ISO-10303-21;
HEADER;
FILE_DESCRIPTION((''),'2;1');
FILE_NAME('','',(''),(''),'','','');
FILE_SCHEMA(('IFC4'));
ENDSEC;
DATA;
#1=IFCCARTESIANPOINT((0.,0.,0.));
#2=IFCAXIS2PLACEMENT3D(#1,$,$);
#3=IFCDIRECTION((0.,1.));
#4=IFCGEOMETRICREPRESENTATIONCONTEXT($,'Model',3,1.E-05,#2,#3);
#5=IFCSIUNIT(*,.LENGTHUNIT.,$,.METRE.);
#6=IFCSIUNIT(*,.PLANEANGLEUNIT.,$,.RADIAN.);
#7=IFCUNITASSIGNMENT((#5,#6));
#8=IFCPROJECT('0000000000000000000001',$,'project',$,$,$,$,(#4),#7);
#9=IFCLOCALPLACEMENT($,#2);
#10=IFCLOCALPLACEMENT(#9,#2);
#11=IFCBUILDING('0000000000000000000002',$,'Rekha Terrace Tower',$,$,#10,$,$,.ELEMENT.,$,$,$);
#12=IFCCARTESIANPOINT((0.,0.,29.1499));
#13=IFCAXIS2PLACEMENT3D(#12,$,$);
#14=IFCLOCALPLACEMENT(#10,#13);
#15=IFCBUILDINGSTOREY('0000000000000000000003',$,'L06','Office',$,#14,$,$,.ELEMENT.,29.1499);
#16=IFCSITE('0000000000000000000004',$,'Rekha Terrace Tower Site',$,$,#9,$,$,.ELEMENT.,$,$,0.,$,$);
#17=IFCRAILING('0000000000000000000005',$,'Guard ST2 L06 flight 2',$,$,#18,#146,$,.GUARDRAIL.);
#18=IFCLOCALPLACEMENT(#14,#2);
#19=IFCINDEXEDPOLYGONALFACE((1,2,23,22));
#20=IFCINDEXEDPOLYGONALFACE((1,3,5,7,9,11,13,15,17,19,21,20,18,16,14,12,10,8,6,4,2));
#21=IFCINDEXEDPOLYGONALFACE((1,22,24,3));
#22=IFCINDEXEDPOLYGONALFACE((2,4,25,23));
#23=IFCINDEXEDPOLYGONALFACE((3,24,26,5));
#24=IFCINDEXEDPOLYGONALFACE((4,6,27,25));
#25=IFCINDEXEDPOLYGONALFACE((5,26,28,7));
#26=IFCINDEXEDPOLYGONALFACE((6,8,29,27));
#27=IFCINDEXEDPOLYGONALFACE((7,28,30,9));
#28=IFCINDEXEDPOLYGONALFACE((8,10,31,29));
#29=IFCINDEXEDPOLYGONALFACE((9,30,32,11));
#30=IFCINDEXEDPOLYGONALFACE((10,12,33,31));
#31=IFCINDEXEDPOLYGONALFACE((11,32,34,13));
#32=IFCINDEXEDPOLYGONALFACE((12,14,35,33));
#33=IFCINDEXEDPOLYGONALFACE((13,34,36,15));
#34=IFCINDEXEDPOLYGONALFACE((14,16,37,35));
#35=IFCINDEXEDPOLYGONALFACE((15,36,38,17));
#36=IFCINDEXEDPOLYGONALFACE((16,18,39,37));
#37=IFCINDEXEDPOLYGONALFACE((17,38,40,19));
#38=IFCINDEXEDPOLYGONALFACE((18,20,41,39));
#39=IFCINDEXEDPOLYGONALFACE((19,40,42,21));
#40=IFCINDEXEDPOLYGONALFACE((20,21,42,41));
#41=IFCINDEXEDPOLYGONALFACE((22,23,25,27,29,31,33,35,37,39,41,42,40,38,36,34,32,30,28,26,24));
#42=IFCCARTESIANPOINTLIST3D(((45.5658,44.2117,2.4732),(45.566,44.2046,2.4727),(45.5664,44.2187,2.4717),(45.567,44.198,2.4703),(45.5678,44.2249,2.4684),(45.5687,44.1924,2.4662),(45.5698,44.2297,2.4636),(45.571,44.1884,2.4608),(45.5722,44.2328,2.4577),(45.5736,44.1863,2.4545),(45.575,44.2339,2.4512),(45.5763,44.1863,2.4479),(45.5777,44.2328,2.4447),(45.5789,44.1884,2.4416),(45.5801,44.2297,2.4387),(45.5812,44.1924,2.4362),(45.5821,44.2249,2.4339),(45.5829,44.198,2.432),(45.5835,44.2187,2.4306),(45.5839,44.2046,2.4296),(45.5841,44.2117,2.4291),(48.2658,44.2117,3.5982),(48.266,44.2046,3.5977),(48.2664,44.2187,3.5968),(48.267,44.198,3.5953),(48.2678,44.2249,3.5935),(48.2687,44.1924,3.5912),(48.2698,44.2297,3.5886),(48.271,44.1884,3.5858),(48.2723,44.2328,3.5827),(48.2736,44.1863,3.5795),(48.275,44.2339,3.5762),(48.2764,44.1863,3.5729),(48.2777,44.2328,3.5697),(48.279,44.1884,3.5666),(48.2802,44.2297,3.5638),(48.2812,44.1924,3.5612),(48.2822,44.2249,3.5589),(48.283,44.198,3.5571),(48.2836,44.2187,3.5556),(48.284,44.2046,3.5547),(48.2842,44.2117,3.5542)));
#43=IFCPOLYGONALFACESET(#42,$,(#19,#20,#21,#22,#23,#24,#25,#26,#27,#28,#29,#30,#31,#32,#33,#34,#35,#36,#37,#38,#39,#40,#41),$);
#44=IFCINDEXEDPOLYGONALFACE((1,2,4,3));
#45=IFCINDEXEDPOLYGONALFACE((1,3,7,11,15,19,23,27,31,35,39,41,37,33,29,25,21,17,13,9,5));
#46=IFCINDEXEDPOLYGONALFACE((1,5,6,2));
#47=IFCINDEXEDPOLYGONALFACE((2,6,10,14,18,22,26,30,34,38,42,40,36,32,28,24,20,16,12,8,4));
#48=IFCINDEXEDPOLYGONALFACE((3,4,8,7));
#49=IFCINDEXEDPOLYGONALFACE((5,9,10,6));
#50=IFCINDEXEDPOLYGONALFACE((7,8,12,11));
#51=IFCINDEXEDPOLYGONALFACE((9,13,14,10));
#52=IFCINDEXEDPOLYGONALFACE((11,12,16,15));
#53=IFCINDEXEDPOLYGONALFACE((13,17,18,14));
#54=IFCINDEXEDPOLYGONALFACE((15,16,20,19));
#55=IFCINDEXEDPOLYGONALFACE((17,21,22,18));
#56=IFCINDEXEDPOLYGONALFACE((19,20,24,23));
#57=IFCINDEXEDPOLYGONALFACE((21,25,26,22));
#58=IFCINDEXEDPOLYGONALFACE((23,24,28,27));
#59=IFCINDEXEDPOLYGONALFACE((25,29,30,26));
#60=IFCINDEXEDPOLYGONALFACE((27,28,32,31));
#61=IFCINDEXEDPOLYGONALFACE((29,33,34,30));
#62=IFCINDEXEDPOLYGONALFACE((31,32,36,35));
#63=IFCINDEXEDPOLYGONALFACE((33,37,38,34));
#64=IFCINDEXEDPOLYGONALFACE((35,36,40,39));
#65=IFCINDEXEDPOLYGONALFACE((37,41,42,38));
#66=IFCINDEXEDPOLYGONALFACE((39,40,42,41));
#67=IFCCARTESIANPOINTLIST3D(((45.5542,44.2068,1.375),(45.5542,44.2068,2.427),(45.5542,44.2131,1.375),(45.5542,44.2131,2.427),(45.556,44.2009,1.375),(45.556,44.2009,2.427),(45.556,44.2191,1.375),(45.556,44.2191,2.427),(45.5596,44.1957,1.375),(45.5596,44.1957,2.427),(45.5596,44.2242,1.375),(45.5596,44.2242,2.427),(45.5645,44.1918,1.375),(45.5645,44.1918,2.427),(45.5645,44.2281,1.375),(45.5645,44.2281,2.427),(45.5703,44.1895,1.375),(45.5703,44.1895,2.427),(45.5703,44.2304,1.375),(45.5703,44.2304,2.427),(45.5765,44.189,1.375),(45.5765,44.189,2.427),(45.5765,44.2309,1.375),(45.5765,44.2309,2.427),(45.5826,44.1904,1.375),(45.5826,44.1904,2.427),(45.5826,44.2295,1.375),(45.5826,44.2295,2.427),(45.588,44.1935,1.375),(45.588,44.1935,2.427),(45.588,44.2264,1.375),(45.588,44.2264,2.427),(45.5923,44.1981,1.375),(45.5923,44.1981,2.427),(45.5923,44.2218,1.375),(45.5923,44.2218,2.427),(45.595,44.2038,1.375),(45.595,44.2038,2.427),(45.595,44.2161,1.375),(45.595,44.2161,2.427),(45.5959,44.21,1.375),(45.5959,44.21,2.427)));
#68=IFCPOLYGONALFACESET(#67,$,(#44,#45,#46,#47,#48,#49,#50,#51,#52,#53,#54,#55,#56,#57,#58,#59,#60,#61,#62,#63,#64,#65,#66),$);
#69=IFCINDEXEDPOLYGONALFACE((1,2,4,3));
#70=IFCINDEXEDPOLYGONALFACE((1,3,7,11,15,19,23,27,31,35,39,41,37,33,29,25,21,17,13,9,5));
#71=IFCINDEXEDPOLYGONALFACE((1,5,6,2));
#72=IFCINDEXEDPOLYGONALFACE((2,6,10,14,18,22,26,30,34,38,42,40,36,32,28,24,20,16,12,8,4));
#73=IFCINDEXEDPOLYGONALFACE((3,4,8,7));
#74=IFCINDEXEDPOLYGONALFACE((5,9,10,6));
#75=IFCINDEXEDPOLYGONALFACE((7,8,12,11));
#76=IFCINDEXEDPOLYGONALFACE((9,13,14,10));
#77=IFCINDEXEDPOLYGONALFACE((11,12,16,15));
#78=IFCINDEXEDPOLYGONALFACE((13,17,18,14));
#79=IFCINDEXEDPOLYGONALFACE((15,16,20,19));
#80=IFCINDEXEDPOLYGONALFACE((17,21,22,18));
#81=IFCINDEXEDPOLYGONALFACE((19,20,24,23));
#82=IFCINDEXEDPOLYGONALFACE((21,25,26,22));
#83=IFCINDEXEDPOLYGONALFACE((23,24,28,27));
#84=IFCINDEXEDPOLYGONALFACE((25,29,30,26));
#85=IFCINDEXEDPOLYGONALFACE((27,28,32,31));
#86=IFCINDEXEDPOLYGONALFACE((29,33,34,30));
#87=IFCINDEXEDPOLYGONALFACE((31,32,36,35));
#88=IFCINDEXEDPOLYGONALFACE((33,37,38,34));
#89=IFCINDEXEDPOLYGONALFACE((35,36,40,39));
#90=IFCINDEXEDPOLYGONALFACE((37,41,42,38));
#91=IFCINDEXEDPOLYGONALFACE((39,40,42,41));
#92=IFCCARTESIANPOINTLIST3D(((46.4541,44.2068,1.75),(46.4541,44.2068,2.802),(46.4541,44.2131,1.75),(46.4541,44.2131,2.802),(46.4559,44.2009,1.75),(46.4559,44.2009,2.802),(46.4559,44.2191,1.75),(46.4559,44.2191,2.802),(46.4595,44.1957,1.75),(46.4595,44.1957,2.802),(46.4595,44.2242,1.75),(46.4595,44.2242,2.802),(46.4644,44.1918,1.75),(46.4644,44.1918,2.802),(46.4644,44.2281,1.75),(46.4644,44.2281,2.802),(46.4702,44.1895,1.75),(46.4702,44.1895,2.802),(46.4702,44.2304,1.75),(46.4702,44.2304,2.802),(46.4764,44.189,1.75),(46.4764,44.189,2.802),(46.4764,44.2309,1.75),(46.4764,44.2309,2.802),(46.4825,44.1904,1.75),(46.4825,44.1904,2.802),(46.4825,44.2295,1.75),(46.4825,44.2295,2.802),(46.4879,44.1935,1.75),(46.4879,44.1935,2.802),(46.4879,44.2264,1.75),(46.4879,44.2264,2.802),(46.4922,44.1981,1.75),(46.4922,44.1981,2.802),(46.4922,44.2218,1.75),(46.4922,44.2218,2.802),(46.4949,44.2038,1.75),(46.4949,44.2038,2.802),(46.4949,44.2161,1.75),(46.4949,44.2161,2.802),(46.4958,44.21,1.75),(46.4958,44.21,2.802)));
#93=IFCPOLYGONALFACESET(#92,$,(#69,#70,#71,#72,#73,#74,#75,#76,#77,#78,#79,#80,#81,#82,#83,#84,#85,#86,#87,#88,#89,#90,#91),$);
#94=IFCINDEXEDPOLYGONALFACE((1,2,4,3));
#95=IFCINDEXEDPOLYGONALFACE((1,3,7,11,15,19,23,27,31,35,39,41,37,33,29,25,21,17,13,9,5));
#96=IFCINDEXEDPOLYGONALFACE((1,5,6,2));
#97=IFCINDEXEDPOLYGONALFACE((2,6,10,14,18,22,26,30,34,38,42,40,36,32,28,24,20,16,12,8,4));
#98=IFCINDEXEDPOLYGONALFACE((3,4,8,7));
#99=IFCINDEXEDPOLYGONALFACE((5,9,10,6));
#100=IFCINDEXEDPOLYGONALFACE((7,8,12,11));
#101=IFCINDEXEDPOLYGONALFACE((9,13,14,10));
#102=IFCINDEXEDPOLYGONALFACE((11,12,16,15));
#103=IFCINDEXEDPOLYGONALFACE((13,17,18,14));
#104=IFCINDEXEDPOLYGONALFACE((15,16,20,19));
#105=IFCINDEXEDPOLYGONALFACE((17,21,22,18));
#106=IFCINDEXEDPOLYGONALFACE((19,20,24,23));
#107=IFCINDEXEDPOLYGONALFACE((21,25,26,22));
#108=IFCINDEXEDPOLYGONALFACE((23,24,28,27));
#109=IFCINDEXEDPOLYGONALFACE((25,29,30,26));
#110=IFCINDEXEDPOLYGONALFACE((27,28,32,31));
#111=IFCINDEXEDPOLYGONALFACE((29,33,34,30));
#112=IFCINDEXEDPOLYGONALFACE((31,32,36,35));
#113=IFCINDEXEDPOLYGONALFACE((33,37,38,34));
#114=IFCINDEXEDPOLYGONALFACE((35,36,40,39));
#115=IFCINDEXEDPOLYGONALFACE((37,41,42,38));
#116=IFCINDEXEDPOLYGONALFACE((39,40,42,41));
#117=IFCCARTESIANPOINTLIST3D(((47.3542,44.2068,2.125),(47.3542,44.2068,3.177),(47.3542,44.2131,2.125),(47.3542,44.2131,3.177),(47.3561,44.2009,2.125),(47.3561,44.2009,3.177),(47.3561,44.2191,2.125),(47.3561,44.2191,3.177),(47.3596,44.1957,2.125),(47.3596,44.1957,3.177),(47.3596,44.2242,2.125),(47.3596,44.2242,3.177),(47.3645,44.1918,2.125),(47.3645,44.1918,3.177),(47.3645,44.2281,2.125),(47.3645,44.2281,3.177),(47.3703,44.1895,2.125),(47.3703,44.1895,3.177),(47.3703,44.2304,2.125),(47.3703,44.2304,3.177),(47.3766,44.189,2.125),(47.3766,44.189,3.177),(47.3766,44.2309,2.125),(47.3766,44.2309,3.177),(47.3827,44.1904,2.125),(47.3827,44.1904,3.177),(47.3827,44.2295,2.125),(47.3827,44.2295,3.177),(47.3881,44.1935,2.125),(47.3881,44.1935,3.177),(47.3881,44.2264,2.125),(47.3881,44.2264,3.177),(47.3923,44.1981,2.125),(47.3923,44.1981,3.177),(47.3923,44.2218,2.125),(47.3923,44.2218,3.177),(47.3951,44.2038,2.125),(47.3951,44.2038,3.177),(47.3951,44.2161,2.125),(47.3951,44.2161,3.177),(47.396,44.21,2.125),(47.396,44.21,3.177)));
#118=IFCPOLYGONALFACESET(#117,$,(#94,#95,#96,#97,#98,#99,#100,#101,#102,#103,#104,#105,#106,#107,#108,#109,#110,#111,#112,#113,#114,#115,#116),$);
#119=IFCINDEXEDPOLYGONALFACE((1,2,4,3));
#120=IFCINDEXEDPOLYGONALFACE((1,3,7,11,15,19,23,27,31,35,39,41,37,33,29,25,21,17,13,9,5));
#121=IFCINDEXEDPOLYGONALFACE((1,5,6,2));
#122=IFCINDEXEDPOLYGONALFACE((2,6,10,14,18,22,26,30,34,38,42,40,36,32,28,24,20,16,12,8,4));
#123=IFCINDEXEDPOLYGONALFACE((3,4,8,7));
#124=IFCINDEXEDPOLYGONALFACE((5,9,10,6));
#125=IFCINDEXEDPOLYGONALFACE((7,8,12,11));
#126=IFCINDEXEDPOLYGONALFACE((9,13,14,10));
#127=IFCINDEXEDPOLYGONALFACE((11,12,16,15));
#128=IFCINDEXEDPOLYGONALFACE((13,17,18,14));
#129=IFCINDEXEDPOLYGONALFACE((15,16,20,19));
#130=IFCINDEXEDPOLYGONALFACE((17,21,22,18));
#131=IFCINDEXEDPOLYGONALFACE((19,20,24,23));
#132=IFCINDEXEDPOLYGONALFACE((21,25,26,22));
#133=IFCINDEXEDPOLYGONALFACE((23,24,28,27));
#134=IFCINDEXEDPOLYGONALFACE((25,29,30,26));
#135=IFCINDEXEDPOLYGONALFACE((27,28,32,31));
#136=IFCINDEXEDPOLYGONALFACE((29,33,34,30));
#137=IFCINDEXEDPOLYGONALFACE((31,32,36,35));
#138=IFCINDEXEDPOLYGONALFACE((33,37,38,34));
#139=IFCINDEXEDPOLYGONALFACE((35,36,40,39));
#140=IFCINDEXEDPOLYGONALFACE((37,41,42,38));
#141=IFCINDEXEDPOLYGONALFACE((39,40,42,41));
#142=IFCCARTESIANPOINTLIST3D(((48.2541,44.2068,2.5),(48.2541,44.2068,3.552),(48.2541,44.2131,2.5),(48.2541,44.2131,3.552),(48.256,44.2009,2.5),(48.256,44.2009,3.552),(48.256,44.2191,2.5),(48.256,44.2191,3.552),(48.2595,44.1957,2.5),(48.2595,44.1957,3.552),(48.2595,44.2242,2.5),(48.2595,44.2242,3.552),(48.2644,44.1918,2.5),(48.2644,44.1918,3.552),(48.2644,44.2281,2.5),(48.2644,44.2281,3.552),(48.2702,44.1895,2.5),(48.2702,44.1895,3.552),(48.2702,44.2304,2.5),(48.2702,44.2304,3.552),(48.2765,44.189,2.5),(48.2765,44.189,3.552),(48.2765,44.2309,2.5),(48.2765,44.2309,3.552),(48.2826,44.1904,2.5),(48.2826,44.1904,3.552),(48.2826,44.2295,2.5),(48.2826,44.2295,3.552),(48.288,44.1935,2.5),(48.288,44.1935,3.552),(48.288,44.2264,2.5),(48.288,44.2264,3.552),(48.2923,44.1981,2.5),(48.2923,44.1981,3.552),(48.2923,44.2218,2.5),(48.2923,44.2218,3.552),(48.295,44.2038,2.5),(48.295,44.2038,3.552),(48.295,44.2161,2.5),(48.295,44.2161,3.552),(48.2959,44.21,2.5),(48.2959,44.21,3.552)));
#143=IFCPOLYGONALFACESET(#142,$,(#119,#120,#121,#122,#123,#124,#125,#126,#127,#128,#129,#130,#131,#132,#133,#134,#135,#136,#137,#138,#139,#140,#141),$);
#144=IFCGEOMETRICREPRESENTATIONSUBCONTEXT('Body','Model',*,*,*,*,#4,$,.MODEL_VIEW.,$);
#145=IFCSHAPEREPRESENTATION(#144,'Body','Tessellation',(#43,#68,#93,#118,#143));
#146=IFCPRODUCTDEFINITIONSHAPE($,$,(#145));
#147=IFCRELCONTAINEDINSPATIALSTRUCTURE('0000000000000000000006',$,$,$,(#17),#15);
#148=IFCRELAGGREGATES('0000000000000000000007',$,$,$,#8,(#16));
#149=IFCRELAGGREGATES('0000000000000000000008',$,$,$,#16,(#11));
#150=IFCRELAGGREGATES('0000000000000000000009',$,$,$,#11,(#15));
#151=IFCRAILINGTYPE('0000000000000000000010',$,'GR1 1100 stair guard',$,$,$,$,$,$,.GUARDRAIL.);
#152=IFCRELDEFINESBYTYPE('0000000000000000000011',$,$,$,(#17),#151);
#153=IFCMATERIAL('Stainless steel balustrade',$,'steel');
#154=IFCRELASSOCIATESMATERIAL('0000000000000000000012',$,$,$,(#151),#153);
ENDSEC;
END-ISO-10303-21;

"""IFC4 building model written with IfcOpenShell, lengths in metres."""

from ifc_helpers import new_model, si_unit, direction, frame, origin, origin_2d, place, context, subcontext, project, spatial, circle, extrude, material, type_object, element, save


model = new_model("IFC4")

# Units and contexts
model_context = context("Model", 3, precision=1e-05, world=origin(), true_north=direction((0.0, 1.0)))
body_context = subcontext(model_context, "Body", "Model", "MODEL_VIEW")
ifc_project = project(units=[si_unit("LENGTHUNIT", "METRE"), si_unit("PLANEANGLEUNIT", "RADIAN")], contexts=[model_context])

# Site, building, storey
site_placement = place(None, origin())
site = spatial("IfcSite", under=ifc_project, at=site_placement, Name="Rekha Terrace Tower Site", CompositionType="ELEMENT", RefElevation=0.0)
building_placement = place(site_placement, origin())
building = spatial("IfcBuilding", under=site, at=building_placement, Name="Rekha Terrace Tower", CompositionType="ELEMENT")
storey_placement = place(building_placement, frame((0.0, 0.0, 29.1499)))
storey = spatial("IfcBuildingStorey", under=building, at=storey_placement, Name="L06", Description="Office", CompositionType="ELEMENT", Elevation=29.1499)

# Railing
ifc_material_1 = material(Name="Stainless steel balustrade", Category="steel")
railing_type_1 = type_object("IfcRailingType", Name="GR1 1100 stair guard", PredefinedType="GUARDRAIL", material=ifc_material_1)
railing_1_placement = place(storey_placement, frame((45.575, 44.21, 1.375)))
element("IfcRailing", 1, at=railing_1_placement, inside=storey, type_object=railing_type_1, Name="Guard ST2 L06 flight 2", PredefinedType="GUARDRAIL", context=body_context, shape_type="SweptSolid", body=[
    extrude(circle(Radius=0.0239, at=origin_2d()), frame((0.0, 0.0, 1.0762), z_axis=(0.923074, 0.0, 0.384621), x_axis=(0.0, 1.0, 0.0)), (0.0, 0.0, 1.0), 2.925),
    extrude(circle(Radius=0.021, at=origin_2d()), origin(), (0.0, 0.0, 1.0), 1.052),
    extrude(circle(Radius=0.021, at=origin_2d()), frame((0.8999, 0.0, 0.375)), (0.0, 0.0, 1.0), 1.052),
    extrude(circle(Radius=0.021, at=origin_2d()), frame((1.8, 0.0, 0.75)), (0.0, 0.0, 1.0), 1.052),
    extrude(circle(Radius=0.021, at=origin_2d()), frame((2.7, 0.0, 1.125)), (0.0, 0.0, 1.0), 1.052),
])

save(model, "model.ifc")
